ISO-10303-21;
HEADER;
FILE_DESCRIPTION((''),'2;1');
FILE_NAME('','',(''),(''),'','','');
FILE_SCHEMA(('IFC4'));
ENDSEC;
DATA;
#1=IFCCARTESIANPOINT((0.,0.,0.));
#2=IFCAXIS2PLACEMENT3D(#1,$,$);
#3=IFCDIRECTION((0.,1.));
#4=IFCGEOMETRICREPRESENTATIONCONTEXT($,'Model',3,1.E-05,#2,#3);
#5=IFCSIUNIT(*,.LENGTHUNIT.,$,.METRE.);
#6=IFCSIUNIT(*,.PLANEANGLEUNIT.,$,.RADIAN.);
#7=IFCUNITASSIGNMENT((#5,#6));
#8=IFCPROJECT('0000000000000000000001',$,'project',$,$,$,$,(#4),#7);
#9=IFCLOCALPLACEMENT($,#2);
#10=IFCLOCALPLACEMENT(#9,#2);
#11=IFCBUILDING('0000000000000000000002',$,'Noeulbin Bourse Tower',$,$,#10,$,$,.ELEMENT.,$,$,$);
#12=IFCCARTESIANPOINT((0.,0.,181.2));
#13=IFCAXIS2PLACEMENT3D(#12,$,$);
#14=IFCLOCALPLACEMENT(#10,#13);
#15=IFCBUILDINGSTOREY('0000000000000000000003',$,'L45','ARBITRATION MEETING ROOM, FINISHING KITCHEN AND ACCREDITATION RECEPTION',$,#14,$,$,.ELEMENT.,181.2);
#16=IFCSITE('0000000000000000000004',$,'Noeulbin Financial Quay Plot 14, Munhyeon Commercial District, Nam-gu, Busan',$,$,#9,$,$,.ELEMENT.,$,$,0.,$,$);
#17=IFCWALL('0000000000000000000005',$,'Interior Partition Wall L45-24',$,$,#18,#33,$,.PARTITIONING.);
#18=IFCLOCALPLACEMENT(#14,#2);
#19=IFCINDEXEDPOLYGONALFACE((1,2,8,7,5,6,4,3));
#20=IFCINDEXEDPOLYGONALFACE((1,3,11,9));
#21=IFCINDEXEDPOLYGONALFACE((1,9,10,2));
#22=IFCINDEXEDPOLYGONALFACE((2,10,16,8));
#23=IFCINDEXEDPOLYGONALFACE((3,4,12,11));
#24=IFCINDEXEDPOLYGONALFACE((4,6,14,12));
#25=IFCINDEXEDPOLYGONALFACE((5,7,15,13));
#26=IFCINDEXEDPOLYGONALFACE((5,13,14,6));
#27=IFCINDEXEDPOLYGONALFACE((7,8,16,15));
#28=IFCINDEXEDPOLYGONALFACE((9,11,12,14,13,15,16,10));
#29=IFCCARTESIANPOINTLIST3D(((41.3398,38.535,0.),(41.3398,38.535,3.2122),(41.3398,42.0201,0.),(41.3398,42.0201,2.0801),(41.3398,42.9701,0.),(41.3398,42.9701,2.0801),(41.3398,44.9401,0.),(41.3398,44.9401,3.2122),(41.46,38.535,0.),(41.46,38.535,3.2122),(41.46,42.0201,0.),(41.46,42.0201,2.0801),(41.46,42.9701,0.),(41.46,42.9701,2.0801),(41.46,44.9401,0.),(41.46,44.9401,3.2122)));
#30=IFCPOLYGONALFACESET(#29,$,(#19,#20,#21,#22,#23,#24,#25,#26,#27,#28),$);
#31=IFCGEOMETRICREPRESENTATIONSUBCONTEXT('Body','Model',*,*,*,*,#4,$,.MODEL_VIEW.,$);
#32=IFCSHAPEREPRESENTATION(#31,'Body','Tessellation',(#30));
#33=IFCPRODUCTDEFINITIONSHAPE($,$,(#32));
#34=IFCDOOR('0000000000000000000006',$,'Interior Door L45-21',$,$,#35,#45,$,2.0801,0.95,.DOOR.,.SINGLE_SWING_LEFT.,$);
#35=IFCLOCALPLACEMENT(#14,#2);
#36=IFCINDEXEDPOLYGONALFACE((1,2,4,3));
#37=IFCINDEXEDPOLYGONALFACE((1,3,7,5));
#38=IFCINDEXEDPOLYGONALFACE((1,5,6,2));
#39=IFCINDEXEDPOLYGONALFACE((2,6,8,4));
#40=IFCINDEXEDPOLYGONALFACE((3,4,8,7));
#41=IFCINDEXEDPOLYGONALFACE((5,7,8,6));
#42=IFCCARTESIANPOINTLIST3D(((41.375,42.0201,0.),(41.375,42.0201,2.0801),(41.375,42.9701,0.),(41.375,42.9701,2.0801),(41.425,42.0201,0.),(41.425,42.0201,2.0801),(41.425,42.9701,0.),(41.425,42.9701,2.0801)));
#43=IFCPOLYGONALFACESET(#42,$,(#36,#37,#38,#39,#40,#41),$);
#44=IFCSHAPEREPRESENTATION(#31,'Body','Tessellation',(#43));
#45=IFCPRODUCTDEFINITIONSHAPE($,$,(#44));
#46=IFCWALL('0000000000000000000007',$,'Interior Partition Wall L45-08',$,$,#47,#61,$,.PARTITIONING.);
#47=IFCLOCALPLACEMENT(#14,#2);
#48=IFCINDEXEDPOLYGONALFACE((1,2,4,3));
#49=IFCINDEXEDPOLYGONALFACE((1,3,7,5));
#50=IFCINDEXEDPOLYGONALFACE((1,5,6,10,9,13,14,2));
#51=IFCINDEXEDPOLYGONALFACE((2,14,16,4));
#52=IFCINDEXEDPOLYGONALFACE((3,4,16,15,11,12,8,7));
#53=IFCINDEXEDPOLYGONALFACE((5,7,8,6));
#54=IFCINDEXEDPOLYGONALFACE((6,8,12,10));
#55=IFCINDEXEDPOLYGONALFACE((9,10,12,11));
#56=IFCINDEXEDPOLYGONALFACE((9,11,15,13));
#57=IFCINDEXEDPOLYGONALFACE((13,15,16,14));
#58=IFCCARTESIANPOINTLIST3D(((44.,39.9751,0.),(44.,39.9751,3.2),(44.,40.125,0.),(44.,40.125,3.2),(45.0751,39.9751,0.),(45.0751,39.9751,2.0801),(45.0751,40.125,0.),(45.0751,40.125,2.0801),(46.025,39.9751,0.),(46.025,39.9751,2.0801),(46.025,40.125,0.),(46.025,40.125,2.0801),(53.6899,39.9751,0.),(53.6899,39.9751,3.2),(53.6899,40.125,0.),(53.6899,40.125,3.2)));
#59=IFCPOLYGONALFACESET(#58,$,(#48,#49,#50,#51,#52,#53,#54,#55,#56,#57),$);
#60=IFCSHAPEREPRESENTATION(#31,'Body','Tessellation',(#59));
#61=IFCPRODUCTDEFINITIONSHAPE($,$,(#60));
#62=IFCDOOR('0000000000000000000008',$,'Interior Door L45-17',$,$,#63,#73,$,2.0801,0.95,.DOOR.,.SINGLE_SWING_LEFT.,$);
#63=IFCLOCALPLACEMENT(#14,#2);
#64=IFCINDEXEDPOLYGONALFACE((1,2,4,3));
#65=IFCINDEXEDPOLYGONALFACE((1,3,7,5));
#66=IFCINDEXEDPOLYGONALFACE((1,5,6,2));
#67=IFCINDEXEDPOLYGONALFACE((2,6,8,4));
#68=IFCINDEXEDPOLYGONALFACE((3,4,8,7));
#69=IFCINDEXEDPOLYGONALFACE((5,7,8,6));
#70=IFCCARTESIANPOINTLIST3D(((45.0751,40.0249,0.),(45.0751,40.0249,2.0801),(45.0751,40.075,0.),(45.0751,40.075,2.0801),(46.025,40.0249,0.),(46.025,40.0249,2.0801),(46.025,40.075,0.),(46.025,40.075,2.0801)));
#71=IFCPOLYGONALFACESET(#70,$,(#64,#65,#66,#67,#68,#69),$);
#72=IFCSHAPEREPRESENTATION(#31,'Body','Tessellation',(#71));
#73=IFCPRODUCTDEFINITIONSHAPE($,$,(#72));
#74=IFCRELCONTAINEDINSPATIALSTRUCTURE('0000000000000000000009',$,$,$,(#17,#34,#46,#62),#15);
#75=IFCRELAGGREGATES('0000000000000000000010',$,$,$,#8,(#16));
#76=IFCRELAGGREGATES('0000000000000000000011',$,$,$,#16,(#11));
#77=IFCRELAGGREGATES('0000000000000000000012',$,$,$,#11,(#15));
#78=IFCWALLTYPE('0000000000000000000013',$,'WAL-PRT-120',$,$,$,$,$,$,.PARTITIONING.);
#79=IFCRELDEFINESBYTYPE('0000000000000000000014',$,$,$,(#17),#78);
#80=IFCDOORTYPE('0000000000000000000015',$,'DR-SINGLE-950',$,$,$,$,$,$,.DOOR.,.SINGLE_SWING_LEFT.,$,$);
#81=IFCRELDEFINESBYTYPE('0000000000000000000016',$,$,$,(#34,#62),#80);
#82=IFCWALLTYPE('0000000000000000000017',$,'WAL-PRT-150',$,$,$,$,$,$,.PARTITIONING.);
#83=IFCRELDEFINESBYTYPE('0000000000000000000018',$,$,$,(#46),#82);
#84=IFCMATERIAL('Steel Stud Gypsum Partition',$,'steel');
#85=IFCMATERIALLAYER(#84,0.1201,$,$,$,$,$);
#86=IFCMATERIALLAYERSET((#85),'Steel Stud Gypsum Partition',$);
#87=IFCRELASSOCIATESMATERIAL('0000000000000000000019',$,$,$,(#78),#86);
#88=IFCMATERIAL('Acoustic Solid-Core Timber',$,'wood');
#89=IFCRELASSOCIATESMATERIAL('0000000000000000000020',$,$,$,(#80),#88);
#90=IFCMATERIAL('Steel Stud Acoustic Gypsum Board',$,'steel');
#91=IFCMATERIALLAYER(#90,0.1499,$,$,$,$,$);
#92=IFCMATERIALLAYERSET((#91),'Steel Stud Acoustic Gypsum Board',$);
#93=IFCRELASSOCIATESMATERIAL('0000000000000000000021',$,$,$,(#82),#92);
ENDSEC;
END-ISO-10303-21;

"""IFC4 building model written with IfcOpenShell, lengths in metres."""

from ifc_helpers import new_model, si_unit, direction, frame, frame_2d, origin, place, context, subcontext, project, spatial, rectangle, extrude, material, layer, layer_set, type_object, element, fill, save


model = new_model("IFC4")

# Units and contexts
model_context = context("Model", 3, precision=1e-05, world=origin(), true_north=direction((0.0, 1.0)))
body_context = subcontext(model_context, "Body", "Model", "MODEL_VIEW")
ifc_project = project(units=[si_unit("LENGTHUNIT", "METRE"), si_unit("PLANEANGLEUNIT", "RADIAN")], contexts=[model_context])

# Site, building, storey
site_placement = place(None, origin())
site = spatial("IfcSite", under=ifc_project, at=site_placement, Name="Noeulbin Financial Quay Plot 14, Munhyeon Commercial District, Nam-gu, Busan", CompositionType="ELEMENT", RefElevation=0.0)
building_placement = place(site_placement, origin())
building = spatial("IfcBuilding", under=site, at=building_placement, Name="Noeulbin Bourse Tower", CompositionType="ELEMENT")
storey_placement = place(building_placement, frame((0.0, 0.0, 181.2)))
storey = spatial("IfcBuildingStorey", under=building, at=storey_placement, Name="L45", Description="ARBITRATION MEETING ROOM, FINISHING KITCHEN AND ACCREDITATION RECEPTION", CompositionType="ELEMENT", Elevation=181.2)

# Walls, openings, doors
ifc_material_1 = material(Name="Steel Stud Gypsum Partition", Category="steel")
ifc_layer_1 = layer(ifc_material_1, 0.1201)
ifc_layer_set_1 = layer_set([ifc_layer_1], Name="Steel Stud Gypsum Partition")
wall_type_1 = type_object("IfcWallType", Name="WAL-PRT-120", PredefinedType="PARTITIONING", material=ifc_layer_set_1)
wall_1_placement = place(storey_placement, frame((41.3999, 38.5349, 0.0), z_axis=(0.0, 0.0, 1.0), x_axis=(0.0, 1.0, 0.0)))
wall_1 = element("IfcWall", 1, at=wall_1_placement, inside=storey, type_object=wall_type_1, Name="Interior Partition Wall L45-24", PredefinedType="PARTITIONING", context=body_context, shape_type="SweptSolid", body=[
    extrude(rectangle(XDim=6.405, YDim=0.1201, at=frame_2d((3.2026, 0.0))), origin(), (0.0, 0.0, 1.0), 3.2122),
])
opening_1_placement = place(wall_1_placement, frame((3.4851, 0.0, 0.0)))
opening_1 = element("IfcOpeningElement", 2, at=opening_1_placement, cuts=wall_1, PredefinedType="OPENING", context=body_context, shape_type="SweptSolid", body=[
    extrude(rectangle(XDim=0.95, YDim=2.0801, at=frame_2d((0.4751, 1.04))), frame((0.0, 0.0701, 0.0), z_axis=(0.0, -1.0, 0.0), x_axis=(1.0, 0.0, 0.0)), (0.0, 0.0, 1.0), 0.1401),
])
ifc_material_2 = material(Name="Acoustic Solid-Core Timber", Category="wood")
door_type = type_object("IfcDoorType", Name="DR-SINGLE-950", OperationType="SINGLE_SWING_LEFT", PredefinedType="DOOR", material=ifc_material_2)
door_1_placement = place(opening_1_placement, origin())
door_1 = element("IfcDoor", 3, at=door_1_placement, inside=storey, type_object=door_type, Name="Interior Door L45-21", OperationType="SINGLE_SWING_LEFT", OverallHeight=2.0801, OverallWidth=0.95, PredefinedType="DOOR", context=body_context, shape_type="SweptSolid", body=[
    extrude(rectangle(XDim=0.95, YDim=2.0801, at=frame_2d((0.4751, 1.04))), frame((0.0, 0.0249, 0.0), z_axis=(0.0, -1.0, 0.0), x_axis=(1.0, 0.0, 0.0)), (0.0, 0.0, 1.0), 0.05),
])
fill(opening_1, door_1)
ifc_material_3 = material(Name="Steel Stud Acoustic Gypsum Board", Category="steel")
ifc_layer_2 = layer(ifc_material_3, 0.1499)
ifc_layer_set_2 = layer_set([ifc_layer_2], Name="Steel Stud Acoustic Gypsum Board")
wall_type_2 = type_object("IfcWallType", Name="WAL-PRT-150", PredefinedType="PARTITIONING", material=ifc_layer_set_2)
wall_2_placement = place(storey_placement, frame((44.0, 40.05, 0.0), z_axis=(0.0, 0.0, 1.0), x_axis=(1.0, 0.0, 0.0)))
wall_2 = element("IfcWall", 4, at=wall_2_placement, inside=storey, type_object=wall_type_2, Name="Interior Partition Wall L45-08", PredefinedType="PARTITIONING", context=body_context, shape_type="SweptSolid", body=[
    extrude(rectangle(XDim=9.6899, YDim=0.1499, at=frame_2d((4.845, 0.0))), origin(), (0.0, 0.0, 1.0), 3.2),
])
opening_2_placement = place(wall_2_placement, frame((1.075, 0.0, 0.0)))
opening_2 = element("IfcOpeningElement", 5, at=opening_2_placement, cuts=wall_2, PredefinedType="OPENING", context=body_context, shape_type="SweptSolid", body=[
    extrude(rectangle(XDim=0.95, YDim=2.0801, at=frame_2d((0.4751, 1.04))), frame((0.0, 0.085, 0.0), z_axis=(0.0, -1.0, 0.0), x_axis=(1.0, 0.0, 0.0)), (0.0, 0.0, 1.0), 0.1699),
])
door_2_placement = place(opening_2_placement, origin())
door_2 = element("IfcDoor", 6, at=door_2_placement, inside=storey, type_object=door_type, Name="Interior Door L45-17", OperationType="SINGLE_SWING_LEFT", OverallHeight=2.0801, OverallWidth=0.95, PredefinedType="DOOR", context=body_context, shape_type="SweptSolid", body=[
    extrude(rectangle(XDim=0.95, YDim=2.0801, at=frame_2d((0.4751, 1.04))), frame((0.0, 0.0249, 0.0), z_axis=(0.0, -1.0, 0.0), x_axis=(1.0, 0.0, 0.0)), (0.0, 0.0, 1.0), 0.05),
])
fill(opening_2, door_2)

save(model, "model.ifc")
